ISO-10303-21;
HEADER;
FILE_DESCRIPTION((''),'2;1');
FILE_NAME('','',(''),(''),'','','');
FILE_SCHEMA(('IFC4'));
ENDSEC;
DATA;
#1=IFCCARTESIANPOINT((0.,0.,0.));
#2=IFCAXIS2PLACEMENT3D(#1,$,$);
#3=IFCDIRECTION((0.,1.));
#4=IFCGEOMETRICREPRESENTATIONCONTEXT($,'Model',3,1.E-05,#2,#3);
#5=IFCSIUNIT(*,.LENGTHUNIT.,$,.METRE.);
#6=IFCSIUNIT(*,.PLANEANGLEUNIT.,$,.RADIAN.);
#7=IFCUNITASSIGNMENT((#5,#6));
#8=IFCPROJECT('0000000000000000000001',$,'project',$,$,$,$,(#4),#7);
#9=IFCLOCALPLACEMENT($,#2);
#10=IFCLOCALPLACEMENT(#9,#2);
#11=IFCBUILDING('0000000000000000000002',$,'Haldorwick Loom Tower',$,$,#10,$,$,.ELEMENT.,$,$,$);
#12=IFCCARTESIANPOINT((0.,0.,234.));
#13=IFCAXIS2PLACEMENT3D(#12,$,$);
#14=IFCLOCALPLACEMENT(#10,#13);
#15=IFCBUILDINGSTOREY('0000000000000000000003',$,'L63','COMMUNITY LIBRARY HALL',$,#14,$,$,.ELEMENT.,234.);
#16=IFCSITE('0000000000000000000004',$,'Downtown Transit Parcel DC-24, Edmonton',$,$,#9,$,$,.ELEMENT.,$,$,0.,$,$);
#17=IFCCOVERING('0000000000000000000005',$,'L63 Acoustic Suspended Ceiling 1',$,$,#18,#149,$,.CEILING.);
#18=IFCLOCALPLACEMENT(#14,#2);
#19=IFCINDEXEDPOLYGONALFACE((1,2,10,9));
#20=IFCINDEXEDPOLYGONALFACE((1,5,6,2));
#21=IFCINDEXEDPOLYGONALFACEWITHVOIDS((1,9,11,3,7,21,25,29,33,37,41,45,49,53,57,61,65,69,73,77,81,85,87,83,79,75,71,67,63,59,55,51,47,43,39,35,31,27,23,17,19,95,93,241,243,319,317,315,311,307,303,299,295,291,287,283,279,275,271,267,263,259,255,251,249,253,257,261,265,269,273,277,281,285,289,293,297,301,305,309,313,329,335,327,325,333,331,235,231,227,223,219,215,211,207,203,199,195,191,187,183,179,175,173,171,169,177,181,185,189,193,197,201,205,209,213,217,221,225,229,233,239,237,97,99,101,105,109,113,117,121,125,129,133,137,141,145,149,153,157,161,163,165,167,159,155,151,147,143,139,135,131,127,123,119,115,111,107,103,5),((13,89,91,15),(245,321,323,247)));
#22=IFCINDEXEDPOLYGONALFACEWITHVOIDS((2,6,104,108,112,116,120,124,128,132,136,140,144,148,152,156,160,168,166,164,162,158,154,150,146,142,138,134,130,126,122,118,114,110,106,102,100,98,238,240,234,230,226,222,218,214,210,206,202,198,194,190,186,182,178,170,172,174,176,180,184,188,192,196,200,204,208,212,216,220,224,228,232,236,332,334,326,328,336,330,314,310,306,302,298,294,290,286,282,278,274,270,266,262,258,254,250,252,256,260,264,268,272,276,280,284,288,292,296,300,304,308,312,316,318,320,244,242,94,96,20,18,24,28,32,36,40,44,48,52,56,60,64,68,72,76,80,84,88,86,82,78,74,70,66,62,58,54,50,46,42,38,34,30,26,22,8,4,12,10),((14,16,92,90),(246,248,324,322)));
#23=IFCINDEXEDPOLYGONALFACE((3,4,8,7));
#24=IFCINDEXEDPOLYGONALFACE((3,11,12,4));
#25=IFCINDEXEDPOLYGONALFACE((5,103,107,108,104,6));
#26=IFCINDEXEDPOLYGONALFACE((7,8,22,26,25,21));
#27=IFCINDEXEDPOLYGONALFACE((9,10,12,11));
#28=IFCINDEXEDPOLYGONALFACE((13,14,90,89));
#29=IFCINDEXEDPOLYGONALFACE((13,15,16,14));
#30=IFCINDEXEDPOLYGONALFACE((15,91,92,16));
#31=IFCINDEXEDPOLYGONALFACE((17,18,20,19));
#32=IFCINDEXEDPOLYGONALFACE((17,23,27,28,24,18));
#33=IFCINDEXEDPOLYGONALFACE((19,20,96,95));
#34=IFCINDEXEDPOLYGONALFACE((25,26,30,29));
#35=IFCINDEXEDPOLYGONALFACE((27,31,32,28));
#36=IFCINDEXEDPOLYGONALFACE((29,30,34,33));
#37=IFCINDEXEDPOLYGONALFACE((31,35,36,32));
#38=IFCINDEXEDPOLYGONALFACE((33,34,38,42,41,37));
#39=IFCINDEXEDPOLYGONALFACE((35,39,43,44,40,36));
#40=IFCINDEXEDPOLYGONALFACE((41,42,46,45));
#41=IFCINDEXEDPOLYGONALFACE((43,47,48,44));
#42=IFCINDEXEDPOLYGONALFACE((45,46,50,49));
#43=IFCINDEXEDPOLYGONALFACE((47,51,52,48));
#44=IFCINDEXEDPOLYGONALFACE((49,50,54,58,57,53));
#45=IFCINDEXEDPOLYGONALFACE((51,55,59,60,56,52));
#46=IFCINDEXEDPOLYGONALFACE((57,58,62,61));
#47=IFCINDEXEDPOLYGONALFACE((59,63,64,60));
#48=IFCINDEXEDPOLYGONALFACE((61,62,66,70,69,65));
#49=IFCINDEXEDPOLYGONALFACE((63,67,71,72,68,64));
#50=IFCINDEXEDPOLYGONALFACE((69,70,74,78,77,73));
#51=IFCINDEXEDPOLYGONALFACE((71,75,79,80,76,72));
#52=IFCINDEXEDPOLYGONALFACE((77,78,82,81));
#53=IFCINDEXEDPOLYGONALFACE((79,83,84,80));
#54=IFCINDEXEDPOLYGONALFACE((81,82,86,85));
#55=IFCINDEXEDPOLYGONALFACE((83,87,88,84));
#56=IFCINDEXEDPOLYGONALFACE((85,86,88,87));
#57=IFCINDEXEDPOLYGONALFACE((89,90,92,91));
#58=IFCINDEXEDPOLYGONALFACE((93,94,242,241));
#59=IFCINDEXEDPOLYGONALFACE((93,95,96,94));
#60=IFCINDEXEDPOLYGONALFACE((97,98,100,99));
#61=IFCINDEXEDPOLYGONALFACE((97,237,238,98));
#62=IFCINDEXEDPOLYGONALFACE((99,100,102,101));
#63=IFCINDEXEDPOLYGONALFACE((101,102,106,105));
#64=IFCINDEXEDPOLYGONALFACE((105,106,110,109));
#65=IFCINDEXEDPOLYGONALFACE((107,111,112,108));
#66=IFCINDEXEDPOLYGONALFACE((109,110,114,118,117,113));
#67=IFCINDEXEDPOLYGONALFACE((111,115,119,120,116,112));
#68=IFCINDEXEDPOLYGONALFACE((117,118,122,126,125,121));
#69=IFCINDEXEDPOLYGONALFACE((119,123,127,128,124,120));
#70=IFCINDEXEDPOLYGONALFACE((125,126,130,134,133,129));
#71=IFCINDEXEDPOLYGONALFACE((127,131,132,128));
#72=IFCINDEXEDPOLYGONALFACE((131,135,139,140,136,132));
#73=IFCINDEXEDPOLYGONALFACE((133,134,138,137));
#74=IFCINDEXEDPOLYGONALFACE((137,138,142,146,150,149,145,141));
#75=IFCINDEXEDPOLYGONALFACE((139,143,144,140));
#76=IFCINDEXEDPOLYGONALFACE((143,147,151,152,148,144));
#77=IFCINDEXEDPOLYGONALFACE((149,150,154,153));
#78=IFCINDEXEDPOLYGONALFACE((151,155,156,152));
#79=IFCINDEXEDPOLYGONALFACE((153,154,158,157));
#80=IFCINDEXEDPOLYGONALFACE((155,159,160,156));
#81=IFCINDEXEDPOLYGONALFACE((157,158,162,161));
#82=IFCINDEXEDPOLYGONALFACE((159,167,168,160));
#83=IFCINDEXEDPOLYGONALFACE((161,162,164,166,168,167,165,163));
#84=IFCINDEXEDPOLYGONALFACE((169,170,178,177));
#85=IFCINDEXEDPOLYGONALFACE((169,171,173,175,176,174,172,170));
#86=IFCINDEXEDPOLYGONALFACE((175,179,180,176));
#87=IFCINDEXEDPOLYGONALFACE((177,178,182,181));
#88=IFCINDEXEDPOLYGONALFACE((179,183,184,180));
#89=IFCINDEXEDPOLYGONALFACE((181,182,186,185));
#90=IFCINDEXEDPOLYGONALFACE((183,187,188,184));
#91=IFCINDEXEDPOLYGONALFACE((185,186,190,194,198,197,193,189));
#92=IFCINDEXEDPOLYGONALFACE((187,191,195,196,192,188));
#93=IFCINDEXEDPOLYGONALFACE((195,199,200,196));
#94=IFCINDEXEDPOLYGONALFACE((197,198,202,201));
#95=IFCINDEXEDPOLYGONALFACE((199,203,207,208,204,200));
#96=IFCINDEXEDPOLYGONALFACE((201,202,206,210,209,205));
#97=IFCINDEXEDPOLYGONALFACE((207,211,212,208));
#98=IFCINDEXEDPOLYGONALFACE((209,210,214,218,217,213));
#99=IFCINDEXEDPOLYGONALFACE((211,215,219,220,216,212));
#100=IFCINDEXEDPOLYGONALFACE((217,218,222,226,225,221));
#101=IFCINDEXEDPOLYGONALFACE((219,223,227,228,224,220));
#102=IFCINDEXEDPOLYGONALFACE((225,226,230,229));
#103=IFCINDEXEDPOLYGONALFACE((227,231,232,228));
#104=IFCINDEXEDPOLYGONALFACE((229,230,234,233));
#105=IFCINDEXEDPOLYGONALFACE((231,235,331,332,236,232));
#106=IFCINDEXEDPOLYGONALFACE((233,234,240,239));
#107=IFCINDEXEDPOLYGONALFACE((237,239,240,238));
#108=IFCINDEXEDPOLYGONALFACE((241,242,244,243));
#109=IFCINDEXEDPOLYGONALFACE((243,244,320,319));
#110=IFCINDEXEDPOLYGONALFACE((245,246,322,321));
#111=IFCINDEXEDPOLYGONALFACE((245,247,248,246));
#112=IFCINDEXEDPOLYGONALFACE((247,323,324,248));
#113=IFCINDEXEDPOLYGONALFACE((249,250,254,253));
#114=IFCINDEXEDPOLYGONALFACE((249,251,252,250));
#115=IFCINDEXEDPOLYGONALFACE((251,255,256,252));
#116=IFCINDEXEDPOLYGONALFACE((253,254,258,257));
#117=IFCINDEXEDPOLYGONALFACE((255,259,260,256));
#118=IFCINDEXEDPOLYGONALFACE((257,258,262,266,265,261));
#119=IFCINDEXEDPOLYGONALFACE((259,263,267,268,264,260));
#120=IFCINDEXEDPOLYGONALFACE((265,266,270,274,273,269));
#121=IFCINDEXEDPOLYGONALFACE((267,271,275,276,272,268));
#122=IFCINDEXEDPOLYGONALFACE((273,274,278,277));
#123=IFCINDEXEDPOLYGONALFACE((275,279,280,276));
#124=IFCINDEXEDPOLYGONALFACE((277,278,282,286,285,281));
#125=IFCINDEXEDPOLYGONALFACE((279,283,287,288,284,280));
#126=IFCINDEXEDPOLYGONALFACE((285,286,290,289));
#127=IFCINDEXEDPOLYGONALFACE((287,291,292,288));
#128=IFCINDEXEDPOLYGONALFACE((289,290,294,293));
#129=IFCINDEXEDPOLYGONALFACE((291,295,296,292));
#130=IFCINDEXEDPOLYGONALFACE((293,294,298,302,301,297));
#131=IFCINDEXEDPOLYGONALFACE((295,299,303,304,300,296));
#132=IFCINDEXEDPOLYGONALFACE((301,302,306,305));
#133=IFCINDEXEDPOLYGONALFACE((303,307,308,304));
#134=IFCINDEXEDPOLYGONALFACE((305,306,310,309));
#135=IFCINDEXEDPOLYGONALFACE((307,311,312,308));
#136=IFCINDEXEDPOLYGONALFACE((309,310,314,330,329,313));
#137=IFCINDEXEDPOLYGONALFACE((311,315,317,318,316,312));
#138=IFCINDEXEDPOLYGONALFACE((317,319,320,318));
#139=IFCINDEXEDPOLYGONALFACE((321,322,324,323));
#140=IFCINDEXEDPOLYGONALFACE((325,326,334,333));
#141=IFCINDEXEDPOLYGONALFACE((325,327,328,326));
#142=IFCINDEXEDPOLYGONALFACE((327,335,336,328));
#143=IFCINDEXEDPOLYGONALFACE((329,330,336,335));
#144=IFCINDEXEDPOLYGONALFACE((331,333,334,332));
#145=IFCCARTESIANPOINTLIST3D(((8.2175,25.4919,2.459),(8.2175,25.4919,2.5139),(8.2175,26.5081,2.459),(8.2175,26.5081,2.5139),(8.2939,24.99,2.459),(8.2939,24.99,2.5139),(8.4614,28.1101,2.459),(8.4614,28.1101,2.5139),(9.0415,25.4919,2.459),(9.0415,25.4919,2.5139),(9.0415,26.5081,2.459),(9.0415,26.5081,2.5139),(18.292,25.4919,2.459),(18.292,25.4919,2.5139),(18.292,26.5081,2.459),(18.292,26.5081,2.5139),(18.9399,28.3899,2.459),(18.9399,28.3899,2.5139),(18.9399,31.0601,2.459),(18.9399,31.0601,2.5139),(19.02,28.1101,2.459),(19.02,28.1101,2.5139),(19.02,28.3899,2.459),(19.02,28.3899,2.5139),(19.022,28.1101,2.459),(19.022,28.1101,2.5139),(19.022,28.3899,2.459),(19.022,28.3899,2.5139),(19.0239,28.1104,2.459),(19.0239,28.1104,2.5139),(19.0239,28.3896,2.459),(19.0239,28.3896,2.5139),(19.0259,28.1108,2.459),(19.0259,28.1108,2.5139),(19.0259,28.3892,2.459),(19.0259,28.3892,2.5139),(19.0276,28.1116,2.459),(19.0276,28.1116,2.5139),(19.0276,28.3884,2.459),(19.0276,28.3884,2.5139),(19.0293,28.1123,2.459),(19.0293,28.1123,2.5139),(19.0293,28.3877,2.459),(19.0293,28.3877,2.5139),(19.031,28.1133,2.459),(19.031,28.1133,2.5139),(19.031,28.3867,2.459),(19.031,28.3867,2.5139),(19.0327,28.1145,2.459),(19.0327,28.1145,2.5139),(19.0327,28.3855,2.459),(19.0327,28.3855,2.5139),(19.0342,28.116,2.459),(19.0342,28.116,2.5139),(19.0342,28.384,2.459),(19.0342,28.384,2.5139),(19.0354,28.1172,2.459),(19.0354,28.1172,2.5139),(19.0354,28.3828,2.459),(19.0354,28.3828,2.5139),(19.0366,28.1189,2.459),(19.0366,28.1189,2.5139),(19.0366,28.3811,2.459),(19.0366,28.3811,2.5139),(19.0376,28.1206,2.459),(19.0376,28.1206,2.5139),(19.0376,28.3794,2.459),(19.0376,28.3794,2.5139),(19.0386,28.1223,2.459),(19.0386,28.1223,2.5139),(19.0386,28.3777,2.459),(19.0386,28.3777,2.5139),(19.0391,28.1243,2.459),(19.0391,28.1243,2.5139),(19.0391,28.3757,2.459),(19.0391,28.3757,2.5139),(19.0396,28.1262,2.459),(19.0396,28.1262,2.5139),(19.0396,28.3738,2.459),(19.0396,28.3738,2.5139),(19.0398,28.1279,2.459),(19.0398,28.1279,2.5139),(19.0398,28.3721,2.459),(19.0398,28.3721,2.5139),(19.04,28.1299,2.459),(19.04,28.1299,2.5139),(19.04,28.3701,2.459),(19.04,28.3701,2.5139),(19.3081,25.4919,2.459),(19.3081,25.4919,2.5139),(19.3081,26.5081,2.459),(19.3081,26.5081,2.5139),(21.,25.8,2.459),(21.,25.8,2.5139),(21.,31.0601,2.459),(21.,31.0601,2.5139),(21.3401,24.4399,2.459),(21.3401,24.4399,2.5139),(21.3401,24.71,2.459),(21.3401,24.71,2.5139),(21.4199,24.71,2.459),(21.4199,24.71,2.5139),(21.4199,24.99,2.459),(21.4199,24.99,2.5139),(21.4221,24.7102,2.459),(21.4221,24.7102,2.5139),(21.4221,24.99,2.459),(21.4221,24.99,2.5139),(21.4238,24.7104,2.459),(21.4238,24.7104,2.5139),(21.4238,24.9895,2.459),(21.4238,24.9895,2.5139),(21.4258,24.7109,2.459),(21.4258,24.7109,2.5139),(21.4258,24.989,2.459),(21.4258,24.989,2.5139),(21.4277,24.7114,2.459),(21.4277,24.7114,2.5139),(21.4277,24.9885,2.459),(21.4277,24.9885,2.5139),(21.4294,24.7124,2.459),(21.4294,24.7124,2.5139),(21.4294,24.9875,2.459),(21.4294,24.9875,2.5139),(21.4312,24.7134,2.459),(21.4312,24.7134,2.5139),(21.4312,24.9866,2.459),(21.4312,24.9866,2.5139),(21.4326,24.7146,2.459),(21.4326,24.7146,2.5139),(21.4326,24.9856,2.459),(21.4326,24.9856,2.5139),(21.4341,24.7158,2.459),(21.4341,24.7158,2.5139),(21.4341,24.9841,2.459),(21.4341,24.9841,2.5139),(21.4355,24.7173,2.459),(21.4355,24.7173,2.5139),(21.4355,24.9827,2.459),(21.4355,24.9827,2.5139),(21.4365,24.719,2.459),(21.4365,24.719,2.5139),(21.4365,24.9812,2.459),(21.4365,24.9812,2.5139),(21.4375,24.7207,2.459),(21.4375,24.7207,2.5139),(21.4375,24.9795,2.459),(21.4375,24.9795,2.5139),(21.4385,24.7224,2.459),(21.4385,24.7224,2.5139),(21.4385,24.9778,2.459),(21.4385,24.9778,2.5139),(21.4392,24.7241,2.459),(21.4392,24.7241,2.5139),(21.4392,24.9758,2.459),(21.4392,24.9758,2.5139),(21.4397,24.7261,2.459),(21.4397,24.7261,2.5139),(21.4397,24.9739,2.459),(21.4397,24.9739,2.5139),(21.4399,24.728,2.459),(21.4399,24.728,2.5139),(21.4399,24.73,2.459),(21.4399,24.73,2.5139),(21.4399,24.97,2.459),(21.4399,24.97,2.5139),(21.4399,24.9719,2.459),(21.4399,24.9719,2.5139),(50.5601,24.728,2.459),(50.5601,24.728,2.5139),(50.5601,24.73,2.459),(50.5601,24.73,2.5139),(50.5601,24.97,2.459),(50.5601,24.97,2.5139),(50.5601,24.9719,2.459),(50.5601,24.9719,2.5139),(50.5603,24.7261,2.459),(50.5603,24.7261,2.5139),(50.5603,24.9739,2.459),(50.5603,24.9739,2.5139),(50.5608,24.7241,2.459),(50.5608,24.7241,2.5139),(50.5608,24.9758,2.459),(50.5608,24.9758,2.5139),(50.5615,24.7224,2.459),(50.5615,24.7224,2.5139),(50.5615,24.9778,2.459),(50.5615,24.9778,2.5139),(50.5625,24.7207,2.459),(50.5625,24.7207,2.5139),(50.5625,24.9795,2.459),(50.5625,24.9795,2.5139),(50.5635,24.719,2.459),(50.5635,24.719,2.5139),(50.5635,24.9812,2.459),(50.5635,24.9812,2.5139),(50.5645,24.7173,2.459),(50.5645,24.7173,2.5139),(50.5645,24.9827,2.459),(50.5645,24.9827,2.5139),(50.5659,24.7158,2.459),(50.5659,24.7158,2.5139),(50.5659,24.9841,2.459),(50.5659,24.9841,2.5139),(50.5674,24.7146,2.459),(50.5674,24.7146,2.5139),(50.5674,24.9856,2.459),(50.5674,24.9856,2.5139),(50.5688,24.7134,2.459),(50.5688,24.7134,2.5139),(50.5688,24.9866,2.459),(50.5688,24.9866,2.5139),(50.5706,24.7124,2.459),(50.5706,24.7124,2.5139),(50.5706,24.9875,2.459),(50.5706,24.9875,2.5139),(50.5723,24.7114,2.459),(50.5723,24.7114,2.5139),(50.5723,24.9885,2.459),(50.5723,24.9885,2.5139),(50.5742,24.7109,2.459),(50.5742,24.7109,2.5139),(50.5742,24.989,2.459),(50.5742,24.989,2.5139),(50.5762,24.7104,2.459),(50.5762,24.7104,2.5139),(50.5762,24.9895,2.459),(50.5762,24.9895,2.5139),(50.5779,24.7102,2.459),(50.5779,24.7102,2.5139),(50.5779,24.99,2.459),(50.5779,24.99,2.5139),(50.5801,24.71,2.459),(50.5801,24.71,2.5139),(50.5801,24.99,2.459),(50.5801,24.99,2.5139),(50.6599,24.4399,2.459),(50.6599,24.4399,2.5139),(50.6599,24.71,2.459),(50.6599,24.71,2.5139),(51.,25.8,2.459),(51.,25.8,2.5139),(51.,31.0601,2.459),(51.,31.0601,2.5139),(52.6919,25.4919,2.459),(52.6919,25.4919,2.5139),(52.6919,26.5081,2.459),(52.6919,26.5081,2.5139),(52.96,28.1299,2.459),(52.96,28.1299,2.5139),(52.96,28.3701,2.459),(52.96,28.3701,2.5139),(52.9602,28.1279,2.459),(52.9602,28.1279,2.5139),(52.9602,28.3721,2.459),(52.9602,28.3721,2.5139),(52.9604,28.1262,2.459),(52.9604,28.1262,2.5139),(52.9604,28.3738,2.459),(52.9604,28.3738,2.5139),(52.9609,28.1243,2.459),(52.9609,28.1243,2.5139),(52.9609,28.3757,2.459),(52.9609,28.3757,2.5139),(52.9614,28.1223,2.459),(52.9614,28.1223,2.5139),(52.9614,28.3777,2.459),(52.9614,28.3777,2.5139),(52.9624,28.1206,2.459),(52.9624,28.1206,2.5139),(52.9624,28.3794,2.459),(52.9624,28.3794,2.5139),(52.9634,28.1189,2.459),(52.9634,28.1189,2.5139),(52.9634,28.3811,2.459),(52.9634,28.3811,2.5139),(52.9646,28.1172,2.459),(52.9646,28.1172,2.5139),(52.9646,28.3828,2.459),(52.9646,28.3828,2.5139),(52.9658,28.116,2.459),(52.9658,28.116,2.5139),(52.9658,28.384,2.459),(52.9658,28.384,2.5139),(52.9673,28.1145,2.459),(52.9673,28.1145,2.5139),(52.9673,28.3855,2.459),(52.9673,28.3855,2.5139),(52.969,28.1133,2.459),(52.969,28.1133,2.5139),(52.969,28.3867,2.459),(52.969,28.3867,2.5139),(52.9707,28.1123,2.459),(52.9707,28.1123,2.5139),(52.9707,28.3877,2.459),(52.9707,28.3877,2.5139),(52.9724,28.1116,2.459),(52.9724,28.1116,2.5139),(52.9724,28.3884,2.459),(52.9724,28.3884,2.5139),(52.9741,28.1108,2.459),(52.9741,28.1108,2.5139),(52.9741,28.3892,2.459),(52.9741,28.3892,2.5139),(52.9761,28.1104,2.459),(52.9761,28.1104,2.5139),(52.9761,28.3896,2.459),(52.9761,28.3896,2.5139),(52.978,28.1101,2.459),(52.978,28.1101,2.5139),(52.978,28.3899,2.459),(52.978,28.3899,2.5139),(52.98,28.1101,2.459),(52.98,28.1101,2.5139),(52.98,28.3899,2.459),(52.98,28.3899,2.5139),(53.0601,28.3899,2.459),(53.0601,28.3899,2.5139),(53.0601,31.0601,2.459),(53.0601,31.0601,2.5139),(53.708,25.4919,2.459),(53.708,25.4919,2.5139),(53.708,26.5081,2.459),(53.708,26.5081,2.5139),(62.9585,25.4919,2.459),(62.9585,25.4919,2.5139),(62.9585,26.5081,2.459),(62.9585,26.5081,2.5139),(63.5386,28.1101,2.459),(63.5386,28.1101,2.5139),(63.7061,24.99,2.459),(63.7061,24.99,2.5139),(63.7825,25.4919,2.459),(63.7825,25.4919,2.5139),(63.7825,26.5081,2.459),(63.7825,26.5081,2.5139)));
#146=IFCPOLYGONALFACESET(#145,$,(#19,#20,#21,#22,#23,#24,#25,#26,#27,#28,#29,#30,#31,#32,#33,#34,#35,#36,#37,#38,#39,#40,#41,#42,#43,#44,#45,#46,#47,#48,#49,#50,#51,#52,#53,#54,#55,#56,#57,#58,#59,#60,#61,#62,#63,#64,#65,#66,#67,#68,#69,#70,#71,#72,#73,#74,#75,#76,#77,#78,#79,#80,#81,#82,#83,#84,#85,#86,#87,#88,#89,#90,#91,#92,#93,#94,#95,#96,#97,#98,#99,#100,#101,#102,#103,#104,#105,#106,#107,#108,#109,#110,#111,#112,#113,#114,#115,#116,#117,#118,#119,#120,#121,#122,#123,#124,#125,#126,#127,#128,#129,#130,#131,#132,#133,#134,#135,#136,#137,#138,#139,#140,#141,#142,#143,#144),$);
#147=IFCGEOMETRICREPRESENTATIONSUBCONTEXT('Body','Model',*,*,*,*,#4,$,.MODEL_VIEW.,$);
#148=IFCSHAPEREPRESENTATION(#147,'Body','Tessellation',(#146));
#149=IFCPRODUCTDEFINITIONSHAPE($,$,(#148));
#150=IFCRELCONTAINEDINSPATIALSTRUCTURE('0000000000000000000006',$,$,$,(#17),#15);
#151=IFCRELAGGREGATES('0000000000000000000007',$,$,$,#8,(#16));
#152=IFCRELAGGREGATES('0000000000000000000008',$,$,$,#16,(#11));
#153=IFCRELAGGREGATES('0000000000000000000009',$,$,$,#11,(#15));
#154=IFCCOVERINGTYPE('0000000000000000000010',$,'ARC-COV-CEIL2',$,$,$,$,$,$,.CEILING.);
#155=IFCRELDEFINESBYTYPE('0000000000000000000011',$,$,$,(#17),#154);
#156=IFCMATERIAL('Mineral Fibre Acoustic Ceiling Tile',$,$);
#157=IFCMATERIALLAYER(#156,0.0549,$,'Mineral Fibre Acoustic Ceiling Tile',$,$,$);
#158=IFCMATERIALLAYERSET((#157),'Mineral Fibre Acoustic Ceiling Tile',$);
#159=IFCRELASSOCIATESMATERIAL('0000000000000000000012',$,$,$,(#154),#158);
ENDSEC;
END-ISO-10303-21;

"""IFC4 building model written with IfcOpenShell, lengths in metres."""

from ifc_helpers import new_model, si_unit, direction, frame, origin, place, context, subcontext, project, spatial, polyline, outline, extrude, material, layer, layer_set, type_object, element, save


model = new_model("IFC4")

# Units and contexts
model_context = context("Model", 3, precision=1e-05, world=origin(), true_north=direction((0.0, 1.0)))
body_context = subcontext(model_context, "Body", "Model", "MODEL_VIEW")
ifc_project = project(units=[si_unit("LENGTHUNIT", "METRE"), si_unit("PLANEANGLEUNIT", "RADIAN")], contexts=[model_context])

# Site, building, storey
site_placement = place(None, origin())
site = spatial("IfcSite", under=ifc_project, at=site_placement, Name="Downtown Transit Parcel DC-24, Edmonton", CompositionType="ELEMENT", RefElevation=0.0)
building_placement = place(site_placement, origin())
building = spatial("IfcBuilding", under=site, at=building_placement, Name="Haldorwick Loom Tower", CompositionType="ELEMENT")
storey_placement = place(building_placement, frame((0.0, 0.0, 234.0)))
storey = spatial("IfcBuildingStorey", under=building, at=storey_placement, Name="L63", Description="COMMUNITY LIBRARY HALL", CompositionType="ELEMENT", Elevation=234.0)

# Covering
ifc_material_1 = material(Name="Mineral Fibre Acoustic Ceiling Tile")
ifc_layer_1 = layer(ifc_material_1, 0.0549, Name="Mineral Fibre Acoustic Ceiling Tile")
ifc_layer_set_1 = layer_set([ifc_layer_1], Name="Mineral Fibre Acoustic Ceiling Tile")
covering_type_1 = type_object("IfcCoveringType", Name="ARC-COV-CEIL2", PredefinedType="CEILING", material=ifc_layer_set_1)
covering_1_placement = place(storey_placement, frame((0.0, 0.0, 2.459)))
element("IfcCovering", 1, at=covering_1_placement, inside=storey, type_object=covering_type_1, Name="L63 Acoustic Suspended Ceiling 1", PredefinedType="CEILING", context=body_context, shape_type="SweptSolid", body=[
    extrude(outline(polyline([(8.2939, 24.99), (21.4199, 24.99), (21.4221, 24.99), (21.4238, 24.9895), (21.4258, 24.989), (21.4277, 24.9885), (21.4294, 24.9875), (21.4312, 24.9866), (21.4326, 24.9856), (21.4341, 24.9841), (21.4355, 24.9827), (21.4365, 24.9812), (21.4375, 24.9795), (21.4385, 24.9778), (21.4392, 24.9758), (21.4397, 24.9739), (21.4399, 24.9719), (21.4399, 24.97), (21.4399, 24.73), (21.4399, 24.728), (21.4397, 24.7261), (21.4392, 24.7241), (21.4385, 24.7224), (21.4375, 24.7207), (21.4365, 24.719), (21.4355, 24.7173), (21.4341, 24.7158), (21.4326, 24.7146), (21.4312, 24.7134), (21.4294, 24.7124), (21.4277, 24.7114), (21.4258, 24.7109), (21.4238, 24.7104), (21.4221, 24.7102), (21.4199, 24.71), (21.3401, 24.71), (21.3401, 24.4399), (50.6599, 24.4399), (50.6599, 24.71), (50.5801, 24.71), (50.5779, 24.7102), (50.5762, 24.7104), (50.5742, 24.7109), (50.5723, 24.7114), (50.5706, 24.7124), (50.5688, 24.7134), (50.5674, 24.7146), (50.5659, 24.7158), (50.5645, 24.7173), (50.5635, 24.719), (50.5625, 24.7207), (50.5615, 24.7224), (50.5608, 24.7241), (50.5603, 24.7261), (50.5601, 24.728), (50.5601, 24.73), (50.5601, 24.97), (50.5601, 24.9719), (50.5603, 24.9739), (50.5608, 24.9758), (50.5615, 24.9778), (50.5625, 24.9795), (50.5635, 24.9812), (50.5645, 24.9827), (50.5659, 24.9841), (50.5674, 24.9856), (50.5688, 24.9866), (50.5706, 24.9875), (50.5723, 24.9885), (50.5742, 24.989), (50.5762, 24.9895), (50.5779, 24.99), (50.5801, 24.99), (63.7061, 24.99), (63.7825, 25.4919), (62.9585, 25.4919), (62.9585, 26.5081), (63.7825, 26.5081), (63.5386, 28.1101), (52.98, 28.1101), (52.978, 28.1101), (52.9761, 28.1104), (52.9741, 28.1108), (52.9724, 28.1116), (52.9707, 28.1123), (52.969, 28.1133), (52.9673, 28.1145), (52.9658, 28.116), (52.9646, 28.1172), (52.9634, 28.1189), (52.9624, 28.1206), (52.9614, 28.1223), (52.9609, 28.1243), (52.9604, 28.1262), (52.9602, 28.1279), (52.96, 28.1299), (52.96, 28.3701), (52.9602, 28.3721), (52.9604, 28.3738), (52.9609, 28.3757), (52.9614, 28.3777), (52.9624, 28.3794), (52.9634, 28.3811), (52.9646, 28.3828), (52.9658, 28.384), (52.9673, 28.3855), (52.969, 28.3867), (52.9707, 28.3877), (52.9724, 28.3884), (52.9741, 28.3892), (52.9761, 28.3896), (52.978, 28.3899), (52.98, 28.3899), (53.0601, 28.3899), (53.0601, 31.0601), (51.0, 31.0601), (51.0, 25.8), (21.0, 25.8), (21.0, 31.0601), (18.9399, 31.0601), (18.9399, 28.3899), (19.02, 28.3899), (19.022, 28.3899), (19.0239, 28.3896), (19.0259, 28.3892), (19.0276, 28.3884), (19.0293, 28.3877), (19.031, 28.3867), (19.0327, 28.3855), (19.0342, 28.384), (19.0354, 28.3828), (19.0366, 28.3811), (19.0376, 28.3794), (19.0386, 28.3777), (19.0391, 28.3757), (19.0396, 28.3738), (19.0398, 28.3721), (19.04, 28.3701), (19.04, 28.1299), (19.0398, 28.1279), (19.0396, 28.1262), (19.0391, 28.1243), (19.0386, 28.1223), (19.0376, 28.1206), (19.0366, 28.1189), (19.0354, 28.1172), (19.0342, 28.116), (19.0327, 28.1145), (19.031, 28.1133), (19.0293, 28.1123), (19.0276, 28.1116), (19.0259, 28.1108), (19.0239, 28.1104), (19.022, 28.1101), (19.02, 28.1101), (8.4614, 28.1101), (8.2175, 26.5081), (9.0415, 26.5081), (9.0415, 25.4919), (8.2175, 25.4919), (8.2939, 24.99)]), holes=[polyline([(19.3081, 26.5081), (19.3081, 25.4919), (18.292, 25.4919), (18.292, 26.5081), (19.3081, 26.5081)]), polyline([(53.708, 26.5081), (53.708, 25.4919), (52.6919, 25.4919), (52.6919, 26.5081), (53.708, 26.5081)])]), origin(), (0.0, 0.0, 1.0), 0.0549),
])

save(model, "model.ifc")
